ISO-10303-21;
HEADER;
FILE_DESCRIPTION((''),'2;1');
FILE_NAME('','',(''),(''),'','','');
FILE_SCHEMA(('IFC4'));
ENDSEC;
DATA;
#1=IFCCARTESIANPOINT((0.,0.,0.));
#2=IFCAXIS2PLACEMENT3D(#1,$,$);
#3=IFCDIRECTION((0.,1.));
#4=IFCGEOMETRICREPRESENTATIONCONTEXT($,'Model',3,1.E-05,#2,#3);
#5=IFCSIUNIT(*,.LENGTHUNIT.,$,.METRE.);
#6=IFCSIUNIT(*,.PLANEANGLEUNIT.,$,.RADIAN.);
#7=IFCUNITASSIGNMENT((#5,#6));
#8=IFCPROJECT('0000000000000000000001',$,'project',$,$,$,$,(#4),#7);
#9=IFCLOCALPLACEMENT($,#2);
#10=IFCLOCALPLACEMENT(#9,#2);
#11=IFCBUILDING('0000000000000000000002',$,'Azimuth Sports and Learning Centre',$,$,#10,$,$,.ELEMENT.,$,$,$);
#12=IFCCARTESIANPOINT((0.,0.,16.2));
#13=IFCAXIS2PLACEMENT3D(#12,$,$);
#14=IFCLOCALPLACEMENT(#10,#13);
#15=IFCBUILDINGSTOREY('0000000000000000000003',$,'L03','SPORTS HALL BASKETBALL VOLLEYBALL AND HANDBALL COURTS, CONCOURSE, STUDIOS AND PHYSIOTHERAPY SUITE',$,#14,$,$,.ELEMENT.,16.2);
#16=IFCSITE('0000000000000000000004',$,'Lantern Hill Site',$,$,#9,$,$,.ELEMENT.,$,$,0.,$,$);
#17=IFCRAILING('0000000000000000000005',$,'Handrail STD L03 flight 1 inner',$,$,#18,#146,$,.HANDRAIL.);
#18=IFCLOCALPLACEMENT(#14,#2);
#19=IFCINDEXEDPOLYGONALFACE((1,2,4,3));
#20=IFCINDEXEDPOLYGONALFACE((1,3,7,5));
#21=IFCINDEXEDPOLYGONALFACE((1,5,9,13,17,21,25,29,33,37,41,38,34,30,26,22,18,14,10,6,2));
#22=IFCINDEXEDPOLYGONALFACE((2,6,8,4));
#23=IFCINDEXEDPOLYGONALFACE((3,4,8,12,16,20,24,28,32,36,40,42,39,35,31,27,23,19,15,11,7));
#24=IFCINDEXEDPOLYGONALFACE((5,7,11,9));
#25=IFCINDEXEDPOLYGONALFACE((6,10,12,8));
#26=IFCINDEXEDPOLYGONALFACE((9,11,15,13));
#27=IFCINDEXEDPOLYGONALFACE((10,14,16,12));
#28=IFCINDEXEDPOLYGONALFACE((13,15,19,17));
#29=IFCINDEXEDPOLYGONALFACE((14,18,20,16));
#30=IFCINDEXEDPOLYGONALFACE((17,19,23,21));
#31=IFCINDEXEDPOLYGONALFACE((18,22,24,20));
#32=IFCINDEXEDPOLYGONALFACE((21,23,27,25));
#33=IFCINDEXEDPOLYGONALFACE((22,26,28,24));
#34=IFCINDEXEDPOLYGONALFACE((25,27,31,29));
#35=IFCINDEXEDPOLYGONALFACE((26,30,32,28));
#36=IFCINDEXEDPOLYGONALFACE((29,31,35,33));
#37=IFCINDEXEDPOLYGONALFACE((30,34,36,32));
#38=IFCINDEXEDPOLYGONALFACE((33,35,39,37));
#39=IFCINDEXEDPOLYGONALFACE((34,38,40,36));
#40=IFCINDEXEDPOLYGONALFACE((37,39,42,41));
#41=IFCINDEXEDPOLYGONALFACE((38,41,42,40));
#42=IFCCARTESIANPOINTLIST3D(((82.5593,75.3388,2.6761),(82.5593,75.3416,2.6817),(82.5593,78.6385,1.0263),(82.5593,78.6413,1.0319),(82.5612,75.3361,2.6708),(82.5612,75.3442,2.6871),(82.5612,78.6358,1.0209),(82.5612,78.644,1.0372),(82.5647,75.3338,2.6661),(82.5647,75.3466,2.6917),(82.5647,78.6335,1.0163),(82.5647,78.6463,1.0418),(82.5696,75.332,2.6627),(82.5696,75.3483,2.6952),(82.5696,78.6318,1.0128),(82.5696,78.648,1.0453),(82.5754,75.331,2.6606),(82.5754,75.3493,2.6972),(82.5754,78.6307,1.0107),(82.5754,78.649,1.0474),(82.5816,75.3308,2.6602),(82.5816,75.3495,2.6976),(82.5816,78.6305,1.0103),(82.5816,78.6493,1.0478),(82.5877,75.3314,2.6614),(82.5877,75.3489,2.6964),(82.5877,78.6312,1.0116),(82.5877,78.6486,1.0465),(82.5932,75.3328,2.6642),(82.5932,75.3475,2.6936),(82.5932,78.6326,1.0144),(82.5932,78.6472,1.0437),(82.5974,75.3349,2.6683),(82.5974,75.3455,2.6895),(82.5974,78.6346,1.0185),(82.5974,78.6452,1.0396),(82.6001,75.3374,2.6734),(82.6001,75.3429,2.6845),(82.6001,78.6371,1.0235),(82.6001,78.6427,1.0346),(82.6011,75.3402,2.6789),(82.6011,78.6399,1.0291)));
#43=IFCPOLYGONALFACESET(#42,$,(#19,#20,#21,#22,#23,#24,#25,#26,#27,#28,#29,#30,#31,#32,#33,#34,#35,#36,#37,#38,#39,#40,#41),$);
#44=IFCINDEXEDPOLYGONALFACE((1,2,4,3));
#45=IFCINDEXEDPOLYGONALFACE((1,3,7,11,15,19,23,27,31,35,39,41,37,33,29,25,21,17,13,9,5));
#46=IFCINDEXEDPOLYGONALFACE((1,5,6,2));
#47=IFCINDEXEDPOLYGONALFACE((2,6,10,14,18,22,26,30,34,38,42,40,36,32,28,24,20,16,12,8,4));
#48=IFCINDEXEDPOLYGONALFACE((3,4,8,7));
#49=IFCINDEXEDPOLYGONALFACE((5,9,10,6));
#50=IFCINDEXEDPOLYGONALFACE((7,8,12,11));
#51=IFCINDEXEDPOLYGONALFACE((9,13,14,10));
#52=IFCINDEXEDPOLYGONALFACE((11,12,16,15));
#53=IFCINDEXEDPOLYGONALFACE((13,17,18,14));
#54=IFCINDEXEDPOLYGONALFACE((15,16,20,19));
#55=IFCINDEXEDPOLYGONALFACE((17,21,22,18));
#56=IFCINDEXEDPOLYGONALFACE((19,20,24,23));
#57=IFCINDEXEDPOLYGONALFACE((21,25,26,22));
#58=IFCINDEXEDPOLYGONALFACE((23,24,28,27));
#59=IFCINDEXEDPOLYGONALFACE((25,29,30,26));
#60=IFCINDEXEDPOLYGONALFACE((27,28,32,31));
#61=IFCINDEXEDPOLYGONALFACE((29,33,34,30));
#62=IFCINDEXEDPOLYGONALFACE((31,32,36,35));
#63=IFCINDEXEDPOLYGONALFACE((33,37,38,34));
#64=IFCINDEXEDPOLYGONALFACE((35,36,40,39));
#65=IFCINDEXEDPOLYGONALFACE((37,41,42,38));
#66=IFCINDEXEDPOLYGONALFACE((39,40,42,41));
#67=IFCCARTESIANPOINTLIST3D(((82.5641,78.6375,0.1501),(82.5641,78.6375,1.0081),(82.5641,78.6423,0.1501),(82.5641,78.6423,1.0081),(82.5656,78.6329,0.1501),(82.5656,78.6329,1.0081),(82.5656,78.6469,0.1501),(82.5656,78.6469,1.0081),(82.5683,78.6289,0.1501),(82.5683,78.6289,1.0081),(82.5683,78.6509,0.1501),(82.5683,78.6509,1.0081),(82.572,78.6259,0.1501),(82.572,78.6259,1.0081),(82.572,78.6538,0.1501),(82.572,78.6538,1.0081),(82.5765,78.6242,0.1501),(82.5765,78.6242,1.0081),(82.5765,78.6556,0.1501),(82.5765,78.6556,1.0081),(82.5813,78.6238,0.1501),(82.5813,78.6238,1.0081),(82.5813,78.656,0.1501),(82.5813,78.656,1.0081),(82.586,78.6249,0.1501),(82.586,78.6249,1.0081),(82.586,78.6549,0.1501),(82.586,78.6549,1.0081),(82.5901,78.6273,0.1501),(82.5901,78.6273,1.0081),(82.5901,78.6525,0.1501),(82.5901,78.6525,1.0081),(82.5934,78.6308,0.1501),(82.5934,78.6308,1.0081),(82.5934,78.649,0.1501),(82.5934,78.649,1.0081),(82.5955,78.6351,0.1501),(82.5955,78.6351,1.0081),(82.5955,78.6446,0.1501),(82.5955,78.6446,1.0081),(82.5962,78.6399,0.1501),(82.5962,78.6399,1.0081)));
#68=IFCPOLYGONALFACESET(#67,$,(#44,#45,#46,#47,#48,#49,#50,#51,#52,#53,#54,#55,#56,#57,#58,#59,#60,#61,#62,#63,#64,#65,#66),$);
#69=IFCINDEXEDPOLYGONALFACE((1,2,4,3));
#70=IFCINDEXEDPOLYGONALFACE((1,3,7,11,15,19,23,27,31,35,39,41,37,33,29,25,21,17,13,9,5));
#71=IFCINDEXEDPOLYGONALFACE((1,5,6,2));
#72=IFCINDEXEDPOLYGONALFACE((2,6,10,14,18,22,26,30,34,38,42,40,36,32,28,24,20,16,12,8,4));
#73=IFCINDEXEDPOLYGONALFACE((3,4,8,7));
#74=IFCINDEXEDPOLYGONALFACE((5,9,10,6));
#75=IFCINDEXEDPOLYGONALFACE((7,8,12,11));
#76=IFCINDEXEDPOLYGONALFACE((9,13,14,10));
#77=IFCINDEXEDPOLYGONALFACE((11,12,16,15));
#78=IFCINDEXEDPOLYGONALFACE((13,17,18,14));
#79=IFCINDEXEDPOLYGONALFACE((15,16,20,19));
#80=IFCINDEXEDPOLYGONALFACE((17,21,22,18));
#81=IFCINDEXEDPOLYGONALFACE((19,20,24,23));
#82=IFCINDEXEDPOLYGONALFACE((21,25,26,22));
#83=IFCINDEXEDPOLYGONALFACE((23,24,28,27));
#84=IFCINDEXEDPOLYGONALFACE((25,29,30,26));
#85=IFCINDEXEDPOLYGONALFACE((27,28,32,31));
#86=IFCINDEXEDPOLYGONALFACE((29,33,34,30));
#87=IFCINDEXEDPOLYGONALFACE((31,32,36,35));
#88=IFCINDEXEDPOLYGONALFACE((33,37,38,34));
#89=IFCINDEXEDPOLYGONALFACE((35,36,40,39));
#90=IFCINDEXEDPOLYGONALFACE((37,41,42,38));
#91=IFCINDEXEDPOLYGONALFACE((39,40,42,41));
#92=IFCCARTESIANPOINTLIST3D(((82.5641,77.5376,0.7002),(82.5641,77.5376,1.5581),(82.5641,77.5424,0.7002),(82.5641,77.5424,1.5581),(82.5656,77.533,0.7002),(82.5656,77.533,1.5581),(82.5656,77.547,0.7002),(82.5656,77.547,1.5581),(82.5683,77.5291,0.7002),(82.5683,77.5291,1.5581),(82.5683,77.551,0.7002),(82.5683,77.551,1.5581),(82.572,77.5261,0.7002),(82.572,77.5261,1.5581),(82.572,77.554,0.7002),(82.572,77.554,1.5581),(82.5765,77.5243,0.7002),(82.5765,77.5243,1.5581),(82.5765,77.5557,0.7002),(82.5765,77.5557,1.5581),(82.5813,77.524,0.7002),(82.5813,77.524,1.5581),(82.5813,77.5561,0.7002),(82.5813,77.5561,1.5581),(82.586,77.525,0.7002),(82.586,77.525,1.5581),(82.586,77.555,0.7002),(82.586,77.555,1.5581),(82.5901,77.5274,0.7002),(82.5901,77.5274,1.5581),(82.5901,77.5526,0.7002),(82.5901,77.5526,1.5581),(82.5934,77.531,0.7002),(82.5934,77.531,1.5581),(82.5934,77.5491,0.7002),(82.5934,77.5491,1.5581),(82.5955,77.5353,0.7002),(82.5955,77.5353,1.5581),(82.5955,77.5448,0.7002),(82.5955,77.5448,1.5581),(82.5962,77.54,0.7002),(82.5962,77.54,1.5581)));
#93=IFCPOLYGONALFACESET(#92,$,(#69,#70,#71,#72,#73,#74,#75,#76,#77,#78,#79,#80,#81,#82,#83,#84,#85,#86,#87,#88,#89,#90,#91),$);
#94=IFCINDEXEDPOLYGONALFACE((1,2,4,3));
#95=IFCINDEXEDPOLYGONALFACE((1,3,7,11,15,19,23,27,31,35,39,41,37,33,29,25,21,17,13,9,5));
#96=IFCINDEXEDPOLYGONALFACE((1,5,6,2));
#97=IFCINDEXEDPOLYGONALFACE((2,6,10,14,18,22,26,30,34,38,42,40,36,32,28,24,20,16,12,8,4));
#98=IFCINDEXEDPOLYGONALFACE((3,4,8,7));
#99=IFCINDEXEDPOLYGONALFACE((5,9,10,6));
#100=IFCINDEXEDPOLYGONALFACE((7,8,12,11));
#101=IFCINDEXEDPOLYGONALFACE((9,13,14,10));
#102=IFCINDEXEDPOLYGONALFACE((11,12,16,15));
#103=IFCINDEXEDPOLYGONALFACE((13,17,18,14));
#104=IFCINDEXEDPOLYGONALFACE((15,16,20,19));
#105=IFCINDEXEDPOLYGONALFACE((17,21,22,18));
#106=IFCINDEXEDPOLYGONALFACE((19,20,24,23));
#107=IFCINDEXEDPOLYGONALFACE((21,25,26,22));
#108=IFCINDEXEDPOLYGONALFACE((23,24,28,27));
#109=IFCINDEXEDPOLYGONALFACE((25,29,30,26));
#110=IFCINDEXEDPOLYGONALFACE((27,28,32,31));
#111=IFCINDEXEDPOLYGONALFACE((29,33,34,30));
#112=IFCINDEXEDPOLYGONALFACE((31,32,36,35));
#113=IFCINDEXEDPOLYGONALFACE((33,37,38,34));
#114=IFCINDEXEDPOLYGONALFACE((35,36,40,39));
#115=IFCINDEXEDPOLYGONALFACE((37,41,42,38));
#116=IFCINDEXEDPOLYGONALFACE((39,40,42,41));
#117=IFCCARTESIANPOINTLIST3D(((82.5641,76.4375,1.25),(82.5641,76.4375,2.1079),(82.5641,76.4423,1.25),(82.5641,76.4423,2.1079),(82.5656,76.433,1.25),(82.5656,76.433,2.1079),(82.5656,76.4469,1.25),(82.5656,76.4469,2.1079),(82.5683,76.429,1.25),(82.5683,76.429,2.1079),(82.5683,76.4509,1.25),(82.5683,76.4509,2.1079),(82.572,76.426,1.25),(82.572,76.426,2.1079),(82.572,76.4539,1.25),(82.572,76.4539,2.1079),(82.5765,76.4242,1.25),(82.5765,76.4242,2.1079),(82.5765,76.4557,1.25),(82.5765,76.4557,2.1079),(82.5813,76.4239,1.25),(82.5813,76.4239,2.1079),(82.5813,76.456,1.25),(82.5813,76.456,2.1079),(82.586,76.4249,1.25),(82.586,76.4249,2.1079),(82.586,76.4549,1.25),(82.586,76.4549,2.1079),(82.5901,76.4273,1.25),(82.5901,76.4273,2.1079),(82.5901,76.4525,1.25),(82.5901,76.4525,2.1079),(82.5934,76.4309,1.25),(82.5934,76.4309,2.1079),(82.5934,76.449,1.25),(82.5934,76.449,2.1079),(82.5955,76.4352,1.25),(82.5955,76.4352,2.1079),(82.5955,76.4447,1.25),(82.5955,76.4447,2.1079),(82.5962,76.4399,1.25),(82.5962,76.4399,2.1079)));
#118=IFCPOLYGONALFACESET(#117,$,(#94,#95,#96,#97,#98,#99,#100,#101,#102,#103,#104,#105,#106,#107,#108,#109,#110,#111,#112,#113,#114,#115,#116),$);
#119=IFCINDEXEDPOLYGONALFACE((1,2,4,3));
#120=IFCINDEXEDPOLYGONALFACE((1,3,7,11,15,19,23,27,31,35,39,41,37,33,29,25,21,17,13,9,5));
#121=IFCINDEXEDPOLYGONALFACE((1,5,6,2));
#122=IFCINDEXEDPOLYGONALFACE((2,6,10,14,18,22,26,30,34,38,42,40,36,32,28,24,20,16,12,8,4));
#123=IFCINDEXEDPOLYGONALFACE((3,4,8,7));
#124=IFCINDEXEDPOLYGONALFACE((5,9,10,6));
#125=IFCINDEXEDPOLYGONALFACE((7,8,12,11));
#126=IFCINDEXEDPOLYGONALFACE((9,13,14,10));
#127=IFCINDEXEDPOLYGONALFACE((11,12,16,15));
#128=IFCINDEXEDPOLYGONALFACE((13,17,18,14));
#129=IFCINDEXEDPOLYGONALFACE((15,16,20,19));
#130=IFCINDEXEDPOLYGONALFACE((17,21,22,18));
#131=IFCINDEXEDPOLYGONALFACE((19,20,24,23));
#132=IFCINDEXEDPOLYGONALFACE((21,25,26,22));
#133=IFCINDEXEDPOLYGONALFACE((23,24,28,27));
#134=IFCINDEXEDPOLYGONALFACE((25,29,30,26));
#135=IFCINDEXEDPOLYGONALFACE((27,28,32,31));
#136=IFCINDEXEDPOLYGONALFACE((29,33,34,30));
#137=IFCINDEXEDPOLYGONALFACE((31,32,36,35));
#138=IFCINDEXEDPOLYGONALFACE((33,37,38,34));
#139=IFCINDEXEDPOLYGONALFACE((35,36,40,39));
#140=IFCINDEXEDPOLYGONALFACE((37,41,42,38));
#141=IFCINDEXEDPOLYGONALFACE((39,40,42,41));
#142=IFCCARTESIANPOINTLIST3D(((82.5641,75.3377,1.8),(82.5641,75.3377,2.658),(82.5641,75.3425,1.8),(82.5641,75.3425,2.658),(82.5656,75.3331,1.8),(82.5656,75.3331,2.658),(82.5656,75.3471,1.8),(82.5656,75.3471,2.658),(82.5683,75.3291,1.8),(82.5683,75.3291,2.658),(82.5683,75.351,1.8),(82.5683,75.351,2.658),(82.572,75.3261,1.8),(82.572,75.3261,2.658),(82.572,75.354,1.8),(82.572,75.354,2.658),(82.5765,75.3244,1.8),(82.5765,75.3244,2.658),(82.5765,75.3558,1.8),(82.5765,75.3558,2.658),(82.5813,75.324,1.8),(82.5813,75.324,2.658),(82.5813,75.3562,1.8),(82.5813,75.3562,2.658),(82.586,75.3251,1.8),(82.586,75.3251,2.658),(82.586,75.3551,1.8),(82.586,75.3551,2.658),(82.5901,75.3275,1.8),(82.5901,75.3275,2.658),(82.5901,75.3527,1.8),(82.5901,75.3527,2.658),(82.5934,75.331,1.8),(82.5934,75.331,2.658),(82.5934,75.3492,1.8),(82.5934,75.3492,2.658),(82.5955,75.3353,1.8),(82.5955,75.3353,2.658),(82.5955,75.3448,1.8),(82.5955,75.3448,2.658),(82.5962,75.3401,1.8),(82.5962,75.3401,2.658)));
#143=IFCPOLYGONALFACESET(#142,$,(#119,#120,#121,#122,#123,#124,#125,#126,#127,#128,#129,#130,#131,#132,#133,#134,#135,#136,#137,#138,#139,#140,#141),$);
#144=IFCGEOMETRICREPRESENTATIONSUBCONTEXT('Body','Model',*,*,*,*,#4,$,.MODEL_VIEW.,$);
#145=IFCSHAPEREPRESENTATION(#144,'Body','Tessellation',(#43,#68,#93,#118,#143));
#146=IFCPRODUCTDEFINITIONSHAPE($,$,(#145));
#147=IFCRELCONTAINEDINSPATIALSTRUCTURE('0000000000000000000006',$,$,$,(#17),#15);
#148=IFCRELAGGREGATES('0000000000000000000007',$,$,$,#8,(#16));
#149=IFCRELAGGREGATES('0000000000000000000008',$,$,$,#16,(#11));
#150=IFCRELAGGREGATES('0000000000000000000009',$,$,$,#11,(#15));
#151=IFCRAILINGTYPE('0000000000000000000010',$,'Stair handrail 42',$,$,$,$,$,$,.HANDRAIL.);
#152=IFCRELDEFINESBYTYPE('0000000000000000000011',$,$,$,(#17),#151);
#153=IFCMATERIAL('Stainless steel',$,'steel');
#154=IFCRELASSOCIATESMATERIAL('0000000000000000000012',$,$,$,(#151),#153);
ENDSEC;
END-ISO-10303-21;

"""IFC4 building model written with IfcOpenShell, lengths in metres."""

from ifc_helpers import new_model, si_unit, direction, frame, origin, origin_2d, place, context, subcontext, project, spatial, circle, extrude, material, type_object, element, save


model = new_model("IFC4")

# Units and contexts
model_context = context("Model", 3, precision=1e-05, world=origin(), true_north=direction((0.0, 1.0)))
body_context = subcontext(model_context, "Body", "Model", "MODEL_VIEW")
ifc_project = project(units=[si_unit("LENGTHUNIT", "METRE"), si_unit("PLANEANGLEUNIT", "RADIAN")], contexts=[model_context])

# Site, building, storey
site_placement = place(None, origin())
site = spatial("IfcSite", under=ifc_project, at=site_placement, Name="Lantern Hill Site", CompositionType="ELEMENT", RefElevation=0.0)
building_placement = place(site_placement, origin())
building = spatial("IfcBuilding", under=site, at=building_placement, Name="Azimuth Sports and Learning Centre", CompositionType="ELEMENT")
storey_placement = place(building_placement, frame((0.0, 0.0, 16.2)))
storey = spatial("IfcBuildingStorey", under=building, at=storey_placement, Name="L03", Description="SPORTS HALL BASKETBALL VOLLEYBALL AND HANDBALL COURTS, CONCOURSE, STUDIOS AND PHYSIOTHERAPY SUITE", CompositionType="ELEMENT", Elevation=16.2)

# Railing
ifc_material_1 = material(Name="Stainless steel", Category="steel")
railing_type_1 = type_object("IfcRailingType", Name="Stair handrail 42", PredefinedType="HANDRAIL", material=ifc_material_1)
for number, where, name in (
    (1, (82.5801, 78.6399, 0.1501), "Handrail STD L03 flight 1 inner"),
):
    element("IfcRailing", number, at=place(storey_placement, frame(where)), inside=storey, type_object=railing_type_1, Name=name, PredefinedType="HANDRAIL", context=body_context, shape_type="SweptSolid", body=[
        extrude(circle(Radius=0.021, at=origin_2d()), frame((0.0, 0.0, 0.8789), z_axis=(0.0, -0.894427, 0.447214), x_axis=(1.0, 0.0, 0.0)), (0.0, 0.0, 1.0), 3.6892),
        extrude(circle(Radius=0.0161, at=origin_2d()), origin(), (0.0, 0.0, 1.0), 0.8579),
        extrude(circle(Radius=0.0161, at=origin_2d()), frame((0.0, -1.0999, 0.55)), (0.0, 0.0, 1.0), 0.8579),
        extrude(circle(Radius=0.0161, at=origin_2d()), frame((0.0, -2.2, 1.0999)), (0.0, 0.0, 1.0), 0.8579),
        extrude(circle(Radius=0.0161, at=origin_2d()), frame((0.0, -3.2998, 1.6499)), (0.0, 0.0, 1.0), 0.8579),
    ])

save(model, "model.ifc")
